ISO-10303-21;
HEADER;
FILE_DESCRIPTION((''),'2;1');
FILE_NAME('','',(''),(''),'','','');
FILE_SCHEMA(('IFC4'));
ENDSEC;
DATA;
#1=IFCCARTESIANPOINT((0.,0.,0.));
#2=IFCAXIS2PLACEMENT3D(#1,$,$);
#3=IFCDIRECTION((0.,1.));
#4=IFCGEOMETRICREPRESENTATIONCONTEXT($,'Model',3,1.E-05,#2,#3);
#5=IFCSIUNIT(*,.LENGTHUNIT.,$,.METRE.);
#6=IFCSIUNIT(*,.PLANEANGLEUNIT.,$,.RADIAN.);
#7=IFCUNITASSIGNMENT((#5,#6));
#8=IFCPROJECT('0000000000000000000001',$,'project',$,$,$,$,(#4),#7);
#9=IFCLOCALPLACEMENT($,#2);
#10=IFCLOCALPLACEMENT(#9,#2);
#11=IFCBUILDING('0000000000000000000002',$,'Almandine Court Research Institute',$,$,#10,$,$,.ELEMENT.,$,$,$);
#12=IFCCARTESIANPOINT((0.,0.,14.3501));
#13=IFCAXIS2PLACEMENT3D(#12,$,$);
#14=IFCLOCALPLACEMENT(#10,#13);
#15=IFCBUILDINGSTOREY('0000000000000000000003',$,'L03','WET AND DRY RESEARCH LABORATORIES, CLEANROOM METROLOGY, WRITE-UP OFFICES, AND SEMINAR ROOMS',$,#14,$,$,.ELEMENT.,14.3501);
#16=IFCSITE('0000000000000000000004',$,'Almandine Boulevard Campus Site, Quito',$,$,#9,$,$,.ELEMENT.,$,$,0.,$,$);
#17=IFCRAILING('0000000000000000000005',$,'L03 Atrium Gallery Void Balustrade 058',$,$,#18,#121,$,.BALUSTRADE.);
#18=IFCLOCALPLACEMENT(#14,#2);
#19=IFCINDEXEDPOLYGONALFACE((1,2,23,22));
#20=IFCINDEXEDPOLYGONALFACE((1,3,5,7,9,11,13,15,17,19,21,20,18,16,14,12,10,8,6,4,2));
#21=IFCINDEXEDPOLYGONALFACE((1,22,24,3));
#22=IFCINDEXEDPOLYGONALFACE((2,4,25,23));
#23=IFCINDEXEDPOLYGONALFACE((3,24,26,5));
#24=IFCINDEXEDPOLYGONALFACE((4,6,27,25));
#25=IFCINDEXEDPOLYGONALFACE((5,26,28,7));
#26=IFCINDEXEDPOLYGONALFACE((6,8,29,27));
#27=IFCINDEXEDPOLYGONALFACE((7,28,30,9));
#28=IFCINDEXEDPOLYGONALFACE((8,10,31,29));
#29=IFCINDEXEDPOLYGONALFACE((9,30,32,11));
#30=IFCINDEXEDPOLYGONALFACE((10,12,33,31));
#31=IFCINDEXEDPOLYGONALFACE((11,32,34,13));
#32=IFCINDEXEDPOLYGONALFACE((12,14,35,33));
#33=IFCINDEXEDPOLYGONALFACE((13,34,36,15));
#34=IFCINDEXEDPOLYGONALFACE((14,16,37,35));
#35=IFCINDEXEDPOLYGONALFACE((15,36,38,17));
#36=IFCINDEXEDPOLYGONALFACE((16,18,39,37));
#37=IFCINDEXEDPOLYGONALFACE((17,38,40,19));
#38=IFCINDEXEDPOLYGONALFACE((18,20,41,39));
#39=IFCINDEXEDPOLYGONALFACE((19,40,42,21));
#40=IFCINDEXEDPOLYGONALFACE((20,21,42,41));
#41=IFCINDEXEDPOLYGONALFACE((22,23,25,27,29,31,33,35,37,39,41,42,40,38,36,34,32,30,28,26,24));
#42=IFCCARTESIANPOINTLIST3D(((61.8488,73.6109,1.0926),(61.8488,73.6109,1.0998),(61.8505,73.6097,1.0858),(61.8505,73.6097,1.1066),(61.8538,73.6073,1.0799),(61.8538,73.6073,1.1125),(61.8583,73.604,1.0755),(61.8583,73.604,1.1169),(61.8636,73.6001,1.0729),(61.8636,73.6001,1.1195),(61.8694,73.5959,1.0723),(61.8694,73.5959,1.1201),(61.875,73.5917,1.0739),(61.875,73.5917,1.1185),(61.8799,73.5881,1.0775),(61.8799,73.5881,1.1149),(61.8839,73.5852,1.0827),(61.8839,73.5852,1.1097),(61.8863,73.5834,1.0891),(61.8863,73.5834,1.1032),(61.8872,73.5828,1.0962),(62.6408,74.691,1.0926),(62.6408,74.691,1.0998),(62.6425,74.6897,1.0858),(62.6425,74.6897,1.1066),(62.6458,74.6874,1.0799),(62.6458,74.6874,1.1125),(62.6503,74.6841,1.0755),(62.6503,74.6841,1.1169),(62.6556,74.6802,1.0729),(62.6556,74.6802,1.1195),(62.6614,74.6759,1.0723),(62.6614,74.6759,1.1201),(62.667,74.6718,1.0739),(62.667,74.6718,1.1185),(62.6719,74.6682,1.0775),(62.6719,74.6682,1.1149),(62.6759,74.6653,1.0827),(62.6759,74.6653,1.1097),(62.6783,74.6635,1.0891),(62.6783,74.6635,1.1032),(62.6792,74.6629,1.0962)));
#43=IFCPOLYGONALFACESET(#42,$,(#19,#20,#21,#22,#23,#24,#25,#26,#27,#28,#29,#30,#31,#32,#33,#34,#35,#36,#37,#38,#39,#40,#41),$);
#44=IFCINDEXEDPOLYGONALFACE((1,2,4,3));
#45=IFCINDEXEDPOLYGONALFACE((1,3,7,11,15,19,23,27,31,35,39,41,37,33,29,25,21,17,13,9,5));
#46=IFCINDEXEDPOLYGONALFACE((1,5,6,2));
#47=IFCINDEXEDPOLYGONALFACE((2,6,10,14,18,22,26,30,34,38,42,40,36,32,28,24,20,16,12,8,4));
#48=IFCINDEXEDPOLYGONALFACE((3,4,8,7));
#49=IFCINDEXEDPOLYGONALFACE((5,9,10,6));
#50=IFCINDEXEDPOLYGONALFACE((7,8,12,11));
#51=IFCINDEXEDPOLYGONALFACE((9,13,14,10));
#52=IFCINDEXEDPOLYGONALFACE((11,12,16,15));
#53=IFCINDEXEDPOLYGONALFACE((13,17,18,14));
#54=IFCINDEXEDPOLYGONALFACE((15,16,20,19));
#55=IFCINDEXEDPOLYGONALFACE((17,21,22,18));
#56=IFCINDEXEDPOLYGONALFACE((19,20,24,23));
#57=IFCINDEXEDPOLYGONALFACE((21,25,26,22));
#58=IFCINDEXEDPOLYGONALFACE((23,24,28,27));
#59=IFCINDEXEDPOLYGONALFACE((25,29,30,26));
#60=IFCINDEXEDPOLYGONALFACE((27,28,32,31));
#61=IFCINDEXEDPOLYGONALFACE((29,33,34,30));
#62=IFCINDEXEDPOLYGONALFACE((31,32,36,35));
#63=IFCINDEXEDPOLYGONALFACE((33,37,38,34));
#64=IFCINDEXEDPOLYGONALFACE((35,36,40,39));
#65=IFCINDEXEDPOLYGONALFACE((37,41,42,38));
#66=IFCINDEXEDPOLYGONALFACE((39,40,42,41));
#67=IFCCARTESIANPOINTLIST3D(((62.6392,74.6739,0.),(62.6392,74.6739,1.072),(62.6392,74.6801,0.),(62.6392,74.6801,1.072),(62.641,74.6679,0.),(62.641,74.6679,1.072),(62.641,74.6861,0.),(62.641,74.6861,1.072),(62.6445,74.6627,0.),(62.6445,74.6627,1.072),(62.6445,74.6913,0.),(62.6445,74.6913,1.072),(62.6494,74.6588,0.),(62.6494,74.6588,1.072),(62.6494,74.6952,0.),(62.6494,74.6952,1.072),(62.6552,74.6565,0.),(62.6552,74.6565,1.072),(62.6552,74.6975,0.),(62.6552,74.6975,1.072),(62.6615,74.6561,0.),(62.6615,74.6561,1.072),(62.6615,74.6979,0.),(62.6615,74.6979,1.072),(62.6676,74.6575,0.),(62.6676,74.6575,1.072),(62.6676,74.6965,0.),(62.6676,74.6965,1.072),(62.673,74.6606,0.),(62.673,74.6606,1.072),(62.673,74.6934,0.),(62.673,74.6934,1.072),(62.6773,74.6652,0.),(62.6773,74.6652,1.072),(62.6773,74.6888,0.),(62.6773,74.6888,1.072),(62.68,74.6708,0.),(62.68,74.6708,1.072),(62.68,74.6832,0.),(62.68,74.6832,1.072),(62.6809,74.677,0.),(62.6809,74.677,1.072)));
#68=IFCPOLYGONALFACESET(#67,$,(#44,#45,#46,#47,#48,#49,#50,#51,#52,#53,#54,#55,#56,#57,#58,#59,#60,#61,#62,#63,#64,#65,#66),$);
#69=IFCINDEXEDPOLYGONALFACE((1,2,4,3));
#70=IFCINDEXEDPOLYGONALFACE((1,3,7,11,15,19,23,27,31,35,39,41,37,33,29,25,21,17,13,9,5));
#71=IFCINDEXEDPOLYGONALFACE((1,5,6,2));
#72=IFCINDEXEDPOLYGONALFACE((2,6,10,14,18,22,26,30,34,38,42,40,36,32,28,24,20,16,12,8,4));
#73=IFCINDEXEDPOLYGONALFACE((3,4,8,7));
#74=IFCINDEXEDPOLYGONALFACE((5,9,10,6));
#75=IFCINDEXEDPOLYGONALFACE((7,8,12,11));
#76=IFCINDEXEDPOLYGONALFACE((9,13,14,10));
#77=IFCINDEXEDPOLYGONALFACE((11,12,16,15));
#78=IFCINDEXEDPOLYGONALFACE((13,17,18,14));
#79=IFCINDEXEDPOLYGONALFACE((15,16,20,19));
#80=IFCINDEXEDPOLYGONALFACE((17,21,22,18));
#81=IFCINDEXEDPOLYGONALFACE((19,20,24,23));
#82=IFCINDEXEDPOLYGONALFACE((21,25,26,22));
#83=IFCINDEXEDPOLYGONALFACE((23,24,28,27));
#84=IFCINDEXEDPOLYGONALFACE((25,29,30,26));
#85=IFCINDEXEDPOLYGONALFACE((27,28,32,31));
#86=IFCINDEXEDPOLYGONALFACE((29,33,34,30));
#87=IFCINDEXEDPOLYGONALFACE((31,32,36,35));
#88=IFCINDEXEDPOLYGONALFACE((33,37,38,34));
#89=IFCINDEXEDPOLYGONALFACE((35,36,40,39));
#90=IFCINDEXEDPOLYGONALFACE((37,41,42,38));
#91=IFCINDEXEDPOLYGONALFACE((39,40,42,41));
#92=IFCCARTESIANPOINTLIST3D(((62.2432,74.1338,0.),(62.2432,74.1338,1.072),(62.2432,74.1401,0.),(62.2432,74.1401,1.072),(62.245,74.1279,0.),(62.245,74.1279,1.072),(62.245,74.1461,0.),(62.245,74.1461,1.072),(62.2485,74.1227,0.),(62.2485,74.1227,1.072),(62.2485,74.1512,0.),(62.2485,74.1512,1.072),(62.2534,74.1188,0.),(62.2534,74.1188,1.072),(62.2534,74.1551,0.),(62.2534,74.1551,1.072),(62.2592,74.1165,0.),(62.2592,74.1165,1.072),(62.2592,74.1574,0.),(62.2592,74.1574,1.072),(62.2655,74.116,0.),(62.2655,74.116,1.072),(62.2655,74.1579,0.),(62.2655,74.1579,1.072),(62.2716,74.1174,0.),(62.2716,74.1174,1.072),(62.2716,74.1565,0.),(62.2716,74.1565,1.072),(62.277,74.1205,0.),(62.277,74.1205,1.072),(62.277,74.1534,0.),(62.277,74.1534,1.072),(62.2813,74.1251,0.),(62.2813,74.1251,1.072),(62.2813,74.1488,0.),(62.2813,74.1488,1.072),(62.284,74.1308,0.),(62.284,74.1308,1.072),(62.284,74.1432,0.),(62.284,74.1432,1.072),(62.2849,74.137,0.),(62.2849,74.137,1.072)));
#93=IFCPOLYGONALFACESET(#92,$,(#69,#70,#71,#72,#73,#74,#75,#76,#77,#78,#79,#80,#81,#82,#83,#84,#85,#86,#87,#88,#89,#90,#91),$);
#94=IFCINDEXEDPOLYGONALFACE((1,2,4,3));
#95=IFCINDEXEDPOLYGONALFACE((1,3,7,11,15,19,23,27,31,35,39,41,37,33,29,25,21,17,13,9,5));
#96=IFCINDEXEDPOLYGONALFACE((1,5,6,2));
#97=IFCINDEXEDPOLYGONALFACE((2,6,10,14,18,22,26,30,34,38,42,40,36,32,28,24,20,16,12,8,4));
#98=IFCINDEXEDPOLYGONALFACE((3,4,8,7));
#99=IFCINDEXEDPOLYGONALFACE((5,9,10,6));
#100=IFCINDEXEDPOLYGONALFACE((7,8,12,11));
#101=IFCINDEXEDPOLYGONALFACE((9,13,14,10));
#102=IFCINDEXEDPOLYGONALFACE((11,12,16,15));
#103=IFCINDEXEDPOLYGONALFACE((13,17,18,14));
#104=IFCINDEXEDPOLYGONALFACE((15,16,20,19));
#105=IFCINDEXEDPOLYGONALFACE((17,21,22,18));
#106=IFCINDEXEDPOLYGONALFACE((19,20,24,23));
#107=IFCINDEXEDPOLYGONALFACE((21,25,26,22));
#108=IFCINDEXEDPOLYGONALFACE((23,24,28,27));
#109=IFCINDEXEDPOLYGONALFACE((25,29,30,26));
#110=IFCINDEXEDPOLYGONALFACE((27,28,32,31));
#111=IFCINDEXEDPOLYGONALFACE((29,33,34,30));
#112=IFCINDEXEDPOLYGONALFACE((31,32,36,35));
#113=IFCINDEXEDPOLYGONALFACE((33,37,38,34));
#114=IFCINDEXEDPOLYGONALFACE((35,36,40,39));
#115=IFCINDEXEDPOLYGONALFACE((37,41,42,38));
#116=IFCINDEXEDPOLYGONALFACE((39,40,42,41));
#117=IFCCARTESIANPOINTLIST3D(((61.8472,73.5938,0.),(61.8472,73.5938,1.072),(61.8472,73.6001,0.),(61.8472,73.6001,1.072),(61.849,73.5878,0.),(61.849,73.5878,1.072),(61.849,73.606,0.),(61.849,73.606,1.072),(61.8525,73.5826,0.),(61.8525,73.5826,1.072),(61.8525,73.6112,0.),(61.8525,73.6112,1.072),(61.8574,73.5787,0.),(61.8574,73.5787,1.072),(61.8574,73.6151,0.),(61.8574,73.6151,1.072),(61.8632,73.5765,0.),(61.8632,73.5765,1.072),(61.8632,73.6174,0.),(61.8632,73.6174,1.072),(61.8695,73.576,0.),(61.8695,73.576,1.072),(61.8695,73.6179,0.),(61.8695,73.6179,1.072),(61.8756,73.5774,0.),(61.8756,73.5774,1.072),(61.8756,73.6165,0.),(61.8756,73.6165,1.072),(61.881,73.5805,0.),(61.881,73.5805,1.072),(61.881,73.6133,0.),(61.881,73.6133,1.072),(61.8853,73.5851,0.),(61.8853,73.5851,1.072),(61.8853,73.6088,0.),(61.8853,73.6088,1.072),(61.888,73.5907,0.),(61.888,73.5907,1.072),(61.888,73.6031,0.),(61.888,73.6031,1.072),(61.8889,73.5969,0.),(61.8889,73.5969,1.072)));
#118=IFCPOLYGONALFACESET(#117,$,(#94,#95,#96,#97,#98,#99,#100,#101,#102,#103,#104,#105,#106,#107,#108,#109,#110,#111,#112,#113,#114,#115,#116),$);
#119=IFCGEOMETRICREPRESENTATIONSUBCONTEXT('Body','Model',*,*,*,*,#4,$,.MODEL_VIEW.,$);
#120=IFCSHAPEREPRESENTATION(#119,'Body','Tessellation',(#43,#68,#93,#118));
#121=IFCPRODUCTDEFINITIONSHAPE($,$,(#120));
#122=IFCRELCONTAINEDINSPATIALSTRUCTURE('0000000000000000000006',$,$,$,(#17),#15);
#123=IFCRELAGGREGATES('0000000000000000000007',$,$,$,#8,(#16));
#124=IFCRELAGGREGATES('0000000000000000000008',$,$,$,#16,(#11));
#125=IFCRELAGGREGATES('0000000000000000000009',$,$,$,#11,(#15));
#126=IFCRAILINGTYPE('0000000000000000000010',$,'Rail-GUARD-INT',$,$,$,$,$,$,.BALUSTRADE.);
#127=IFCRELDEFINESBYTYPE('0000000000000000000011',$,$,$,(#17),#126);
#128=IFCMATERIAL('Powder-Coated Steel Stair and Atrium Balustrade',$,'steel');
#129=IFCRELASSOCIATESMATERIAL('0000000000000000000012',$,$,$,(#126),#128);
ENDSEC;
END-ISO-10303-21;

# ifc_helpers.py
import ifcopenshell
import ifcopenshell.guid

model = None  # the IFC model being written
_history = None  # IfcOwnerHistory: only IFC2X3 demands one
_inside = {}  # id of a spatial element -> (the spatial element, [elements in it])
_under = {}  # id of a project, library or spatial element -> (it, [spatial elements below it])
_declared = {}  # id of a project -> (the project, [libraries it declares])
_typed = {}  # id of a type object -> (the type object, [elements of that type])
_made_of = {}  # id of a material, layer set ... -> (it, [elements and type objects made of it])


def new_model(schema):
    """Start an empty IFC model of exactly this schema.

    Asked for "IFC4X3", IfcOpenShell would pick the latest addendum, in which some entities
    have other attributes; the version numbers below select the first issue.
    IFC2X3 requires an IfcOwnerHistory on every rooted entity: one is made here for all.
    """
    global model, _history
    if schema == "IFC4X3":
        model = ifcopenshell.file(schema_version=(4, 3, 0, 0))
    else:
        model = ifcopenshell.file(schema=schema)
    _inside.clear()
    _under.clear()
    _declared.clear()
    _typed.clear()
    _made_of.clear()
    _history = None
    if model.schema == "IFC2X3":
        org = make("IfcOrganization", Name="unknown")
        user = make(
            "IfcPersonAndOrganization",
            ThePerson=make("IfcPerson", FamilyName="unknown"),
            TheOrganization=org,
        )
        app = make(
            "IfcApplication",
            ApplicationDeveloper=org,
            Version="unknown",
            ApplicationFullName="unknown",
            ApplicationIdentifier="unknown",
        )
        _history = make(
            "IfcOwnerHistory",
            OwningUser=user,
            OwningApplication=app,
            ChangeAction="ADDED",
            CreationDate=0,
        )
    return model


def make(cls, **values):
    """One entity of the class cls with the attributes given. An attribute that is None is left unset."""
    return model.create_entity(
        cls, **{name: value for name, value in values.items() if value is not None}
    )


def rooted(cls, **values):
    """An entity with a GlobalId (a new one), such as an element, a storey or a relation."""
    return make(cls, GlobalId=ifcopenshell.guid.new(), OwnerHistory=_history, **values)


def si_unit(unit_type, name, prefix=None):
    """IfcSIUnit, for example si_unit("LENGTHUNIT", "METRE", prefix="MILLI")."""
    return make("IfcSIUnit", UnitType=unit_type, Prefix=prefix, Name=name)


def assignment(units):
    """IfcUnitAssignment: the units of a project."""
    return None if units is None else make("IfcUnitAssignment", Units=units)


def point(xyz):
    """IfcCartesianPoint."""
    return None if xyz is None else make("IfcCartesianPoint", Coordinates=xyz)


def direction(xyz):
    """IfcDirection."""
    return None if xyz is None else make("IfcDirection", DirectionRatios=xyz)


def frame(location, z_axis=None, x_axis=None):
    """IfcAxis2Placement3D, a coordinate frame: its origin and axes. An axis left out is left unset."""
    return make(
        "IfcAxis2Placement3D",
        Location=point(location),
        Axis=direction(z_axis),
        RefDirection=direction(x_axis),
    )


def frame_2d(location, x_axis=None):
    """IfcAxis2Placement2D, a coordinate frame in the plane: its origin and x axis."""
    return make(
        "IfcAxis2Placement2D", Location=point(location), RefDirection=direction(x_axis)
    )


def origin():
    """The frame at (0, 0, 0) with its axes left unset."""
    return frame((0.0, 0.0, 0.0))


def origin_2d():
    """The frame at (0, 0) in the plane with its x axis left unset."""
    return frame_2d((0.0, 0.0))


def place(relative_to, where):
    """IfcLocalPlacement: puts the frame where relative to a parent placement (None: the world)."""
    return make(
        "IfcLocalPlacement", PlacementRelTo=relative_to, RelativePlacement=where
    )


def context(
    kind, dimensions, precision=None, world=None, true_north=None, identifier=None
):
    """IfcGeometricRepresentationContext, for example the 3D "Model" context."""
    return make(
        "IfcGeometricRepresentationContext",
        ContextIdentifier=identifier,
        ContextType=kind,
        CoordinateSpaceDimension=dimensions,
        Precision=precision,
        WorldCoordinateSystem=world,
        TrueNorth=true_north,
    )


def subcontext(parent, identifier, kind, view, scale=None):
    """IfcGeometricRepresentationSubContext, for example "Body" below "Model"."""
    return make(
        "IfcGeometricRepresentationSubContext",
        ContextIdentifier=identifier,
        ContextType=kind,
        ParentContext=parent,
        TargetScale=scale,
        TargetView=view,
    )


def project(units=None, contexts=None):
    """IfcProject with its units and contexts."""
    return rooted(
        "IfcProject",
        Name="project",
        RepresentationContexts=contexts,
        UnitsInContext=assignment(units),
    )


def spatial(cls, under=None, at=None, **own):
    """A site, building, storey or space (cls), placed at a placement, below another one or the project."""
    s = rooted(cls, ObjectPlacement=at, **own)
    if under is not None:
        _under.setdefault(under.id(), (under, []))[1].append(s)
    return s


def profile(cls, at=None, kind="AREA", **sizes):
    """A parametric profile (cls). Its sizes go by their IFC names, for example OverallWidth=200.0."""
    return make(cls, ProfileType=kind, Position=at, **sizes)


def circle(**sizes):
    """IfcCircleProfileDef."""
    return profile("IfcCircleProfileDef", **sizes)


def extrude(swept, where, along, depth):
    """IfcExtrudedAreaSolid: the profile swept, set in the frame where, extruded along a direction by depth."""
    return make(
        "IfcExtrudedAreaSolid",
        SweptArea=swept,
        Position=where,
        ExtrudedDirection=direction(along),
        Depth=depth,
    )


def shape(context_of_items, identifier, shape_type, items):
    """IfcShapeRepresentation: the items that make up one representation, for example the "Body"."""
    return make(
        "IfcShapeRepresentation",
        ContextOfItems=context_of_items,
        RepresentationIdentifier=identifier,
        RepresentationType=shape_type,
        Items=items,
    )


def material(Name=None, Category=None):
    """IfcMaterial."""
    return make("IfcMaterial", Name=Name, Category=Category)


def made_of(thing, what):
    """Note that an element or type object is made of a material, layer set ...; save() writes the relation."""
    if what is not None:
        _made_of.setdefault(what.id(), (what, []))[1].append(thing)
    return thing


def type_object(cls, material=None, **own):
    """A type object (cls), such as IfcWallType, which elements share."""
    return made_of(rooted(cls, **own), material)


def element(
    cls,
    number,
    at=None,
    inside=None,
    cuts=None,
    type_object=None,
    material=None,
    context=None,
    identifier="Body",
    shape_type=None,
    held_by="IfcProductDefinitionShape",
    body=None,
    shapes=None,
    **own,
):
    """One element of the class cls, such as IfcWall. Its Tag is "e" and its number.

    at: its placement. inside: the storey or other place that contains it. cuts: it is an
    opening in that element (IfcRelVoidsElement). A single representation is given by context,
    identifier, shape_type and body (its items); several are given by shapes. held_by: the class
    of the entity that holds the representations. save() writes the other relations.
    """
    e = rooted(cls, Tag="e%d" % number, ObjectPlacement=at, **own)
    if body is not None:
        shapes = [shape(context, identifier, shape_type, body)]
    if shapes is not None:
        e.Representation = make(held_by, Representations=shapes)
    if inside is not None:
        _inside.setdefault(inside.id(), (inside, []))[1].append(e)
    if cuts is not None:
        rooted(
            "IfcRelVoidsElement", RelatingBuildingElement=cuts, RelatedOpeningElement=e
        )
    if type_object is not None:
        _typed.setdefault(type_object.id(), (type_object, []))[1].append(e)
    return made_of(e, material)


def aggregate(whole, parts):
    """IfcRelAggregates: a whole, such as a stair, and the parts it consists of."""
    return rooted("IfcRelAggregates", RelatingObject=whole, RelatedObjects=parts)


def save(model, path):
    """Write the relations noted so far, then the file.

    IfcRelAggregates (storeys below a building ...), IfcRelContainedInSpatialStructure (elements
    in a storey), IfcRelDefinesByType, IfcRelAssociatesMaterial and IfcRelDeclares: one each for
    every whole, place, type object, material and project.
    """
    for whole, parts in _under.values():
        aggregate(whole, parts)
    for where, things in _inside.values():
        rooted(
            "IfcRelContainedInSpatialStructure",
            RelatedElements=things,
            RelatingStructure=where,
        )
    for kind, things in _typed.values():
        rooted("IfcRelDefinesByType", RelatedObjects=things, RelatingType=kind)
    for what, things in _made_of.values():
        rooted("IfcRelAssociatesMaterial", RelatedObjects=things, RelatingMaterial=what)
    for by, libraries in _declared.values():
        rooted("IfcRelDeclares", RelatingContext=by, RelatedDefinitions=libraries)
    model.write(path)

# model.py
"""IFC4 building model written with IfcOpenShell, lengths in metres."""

from ifc_helpers import new_model, si_unit, direction, frame, origin, origin_2d, place, context, subcontext, project, spatial, circle, extrude, material, type_object, element, save


model = new_model("IFC4")

# Units and contexts
model_context = context("Model", 3, precision=1e-05, world=origin(), true_north=direction((0.0, 1.0)))
body_context = subcontext(model_context, "Body", "Model", "MODEL_VIEW")
ifc_project = project(units=[si_unit("LENGTHUNIT", "METRE"), si_unit("PLANEANGLEUNIT", "RADIAN")], contexts=[model_context])

# Site, building, storey
site_placement = place(None, origin())
site = spatial("IfcSite", under=ifc_project, at=site_placement, Name="Almandine Boulevard Campus Site, Quito", CompositionType="ELEMENT", RefElevation=0.0)
building_placement = place(site_placement, origin())
building = spatial("IfcBuilding", under=site, at=building_placement, Name="Almandine Court Research Institute", CompositionType="ELEMENT")
storey_placement = place(building_placement, frame((0.0, 0.0, 14.3501)))
storey = spatial("IfcBuildingStorey", under=building, at=storey_placement, Name="L03", Description="WET AND DRY RESEARCH LABORATORIES, CLEANROOM METROLOGY, WRITE-UP OFFICES, AND SEMINAR ROOMS", CompositionType="ELEMENT", Elevation=14.3501)

# Railing
ifc_material_1 = material(Name="Powder-Coated Steel Stair and Atrium Balustrade", Category="steel")
railing_type = type_object("IfcRailingType", Name="Rail-GUARD-INT", PredefinedType="BALUSTRADE", material=ifc_material_1)
railing_1_placement = place(storey_placement, frame((62.6599, 74.677, 0.0)))
element("IfcRailing", 1, at=railing_1_placement, inside=storey, type_object=railing_type, Name="L03 Atrium Gallery Void Balustrade 058", PredefinedType="BALUSTRADE", context=body_context, shape_type="SweptSolid", body=[
    extrude(circle(Radius=0.0239, at=origin_2d()), frame((0.0, 0.0, 1.0962), z_axis=(-0.591332, -0.806428, 0.0), x_axis=(0.806428, -0.591332, 0.0)), (0.0, 0.0, 1.0), 1.3394),
    extrude(circle(Radius=0.021, at=origin_2d()), origin(), (0.0, 0.0, 1.0), 1.072),
    extrude(circle(Radius=0.021, at=origin_2d()), frame((-0.396, -0.54, 0.0)), (0.0, 0.0, 1.0), 1.072),
    extrude(circle(Radius=0.021, at=origin_2d()), frame((-0.792, -1.0801, 0.0)), (0.0, 0.0, 1.0), 1.072),
])

save(model, "model.ifc")
